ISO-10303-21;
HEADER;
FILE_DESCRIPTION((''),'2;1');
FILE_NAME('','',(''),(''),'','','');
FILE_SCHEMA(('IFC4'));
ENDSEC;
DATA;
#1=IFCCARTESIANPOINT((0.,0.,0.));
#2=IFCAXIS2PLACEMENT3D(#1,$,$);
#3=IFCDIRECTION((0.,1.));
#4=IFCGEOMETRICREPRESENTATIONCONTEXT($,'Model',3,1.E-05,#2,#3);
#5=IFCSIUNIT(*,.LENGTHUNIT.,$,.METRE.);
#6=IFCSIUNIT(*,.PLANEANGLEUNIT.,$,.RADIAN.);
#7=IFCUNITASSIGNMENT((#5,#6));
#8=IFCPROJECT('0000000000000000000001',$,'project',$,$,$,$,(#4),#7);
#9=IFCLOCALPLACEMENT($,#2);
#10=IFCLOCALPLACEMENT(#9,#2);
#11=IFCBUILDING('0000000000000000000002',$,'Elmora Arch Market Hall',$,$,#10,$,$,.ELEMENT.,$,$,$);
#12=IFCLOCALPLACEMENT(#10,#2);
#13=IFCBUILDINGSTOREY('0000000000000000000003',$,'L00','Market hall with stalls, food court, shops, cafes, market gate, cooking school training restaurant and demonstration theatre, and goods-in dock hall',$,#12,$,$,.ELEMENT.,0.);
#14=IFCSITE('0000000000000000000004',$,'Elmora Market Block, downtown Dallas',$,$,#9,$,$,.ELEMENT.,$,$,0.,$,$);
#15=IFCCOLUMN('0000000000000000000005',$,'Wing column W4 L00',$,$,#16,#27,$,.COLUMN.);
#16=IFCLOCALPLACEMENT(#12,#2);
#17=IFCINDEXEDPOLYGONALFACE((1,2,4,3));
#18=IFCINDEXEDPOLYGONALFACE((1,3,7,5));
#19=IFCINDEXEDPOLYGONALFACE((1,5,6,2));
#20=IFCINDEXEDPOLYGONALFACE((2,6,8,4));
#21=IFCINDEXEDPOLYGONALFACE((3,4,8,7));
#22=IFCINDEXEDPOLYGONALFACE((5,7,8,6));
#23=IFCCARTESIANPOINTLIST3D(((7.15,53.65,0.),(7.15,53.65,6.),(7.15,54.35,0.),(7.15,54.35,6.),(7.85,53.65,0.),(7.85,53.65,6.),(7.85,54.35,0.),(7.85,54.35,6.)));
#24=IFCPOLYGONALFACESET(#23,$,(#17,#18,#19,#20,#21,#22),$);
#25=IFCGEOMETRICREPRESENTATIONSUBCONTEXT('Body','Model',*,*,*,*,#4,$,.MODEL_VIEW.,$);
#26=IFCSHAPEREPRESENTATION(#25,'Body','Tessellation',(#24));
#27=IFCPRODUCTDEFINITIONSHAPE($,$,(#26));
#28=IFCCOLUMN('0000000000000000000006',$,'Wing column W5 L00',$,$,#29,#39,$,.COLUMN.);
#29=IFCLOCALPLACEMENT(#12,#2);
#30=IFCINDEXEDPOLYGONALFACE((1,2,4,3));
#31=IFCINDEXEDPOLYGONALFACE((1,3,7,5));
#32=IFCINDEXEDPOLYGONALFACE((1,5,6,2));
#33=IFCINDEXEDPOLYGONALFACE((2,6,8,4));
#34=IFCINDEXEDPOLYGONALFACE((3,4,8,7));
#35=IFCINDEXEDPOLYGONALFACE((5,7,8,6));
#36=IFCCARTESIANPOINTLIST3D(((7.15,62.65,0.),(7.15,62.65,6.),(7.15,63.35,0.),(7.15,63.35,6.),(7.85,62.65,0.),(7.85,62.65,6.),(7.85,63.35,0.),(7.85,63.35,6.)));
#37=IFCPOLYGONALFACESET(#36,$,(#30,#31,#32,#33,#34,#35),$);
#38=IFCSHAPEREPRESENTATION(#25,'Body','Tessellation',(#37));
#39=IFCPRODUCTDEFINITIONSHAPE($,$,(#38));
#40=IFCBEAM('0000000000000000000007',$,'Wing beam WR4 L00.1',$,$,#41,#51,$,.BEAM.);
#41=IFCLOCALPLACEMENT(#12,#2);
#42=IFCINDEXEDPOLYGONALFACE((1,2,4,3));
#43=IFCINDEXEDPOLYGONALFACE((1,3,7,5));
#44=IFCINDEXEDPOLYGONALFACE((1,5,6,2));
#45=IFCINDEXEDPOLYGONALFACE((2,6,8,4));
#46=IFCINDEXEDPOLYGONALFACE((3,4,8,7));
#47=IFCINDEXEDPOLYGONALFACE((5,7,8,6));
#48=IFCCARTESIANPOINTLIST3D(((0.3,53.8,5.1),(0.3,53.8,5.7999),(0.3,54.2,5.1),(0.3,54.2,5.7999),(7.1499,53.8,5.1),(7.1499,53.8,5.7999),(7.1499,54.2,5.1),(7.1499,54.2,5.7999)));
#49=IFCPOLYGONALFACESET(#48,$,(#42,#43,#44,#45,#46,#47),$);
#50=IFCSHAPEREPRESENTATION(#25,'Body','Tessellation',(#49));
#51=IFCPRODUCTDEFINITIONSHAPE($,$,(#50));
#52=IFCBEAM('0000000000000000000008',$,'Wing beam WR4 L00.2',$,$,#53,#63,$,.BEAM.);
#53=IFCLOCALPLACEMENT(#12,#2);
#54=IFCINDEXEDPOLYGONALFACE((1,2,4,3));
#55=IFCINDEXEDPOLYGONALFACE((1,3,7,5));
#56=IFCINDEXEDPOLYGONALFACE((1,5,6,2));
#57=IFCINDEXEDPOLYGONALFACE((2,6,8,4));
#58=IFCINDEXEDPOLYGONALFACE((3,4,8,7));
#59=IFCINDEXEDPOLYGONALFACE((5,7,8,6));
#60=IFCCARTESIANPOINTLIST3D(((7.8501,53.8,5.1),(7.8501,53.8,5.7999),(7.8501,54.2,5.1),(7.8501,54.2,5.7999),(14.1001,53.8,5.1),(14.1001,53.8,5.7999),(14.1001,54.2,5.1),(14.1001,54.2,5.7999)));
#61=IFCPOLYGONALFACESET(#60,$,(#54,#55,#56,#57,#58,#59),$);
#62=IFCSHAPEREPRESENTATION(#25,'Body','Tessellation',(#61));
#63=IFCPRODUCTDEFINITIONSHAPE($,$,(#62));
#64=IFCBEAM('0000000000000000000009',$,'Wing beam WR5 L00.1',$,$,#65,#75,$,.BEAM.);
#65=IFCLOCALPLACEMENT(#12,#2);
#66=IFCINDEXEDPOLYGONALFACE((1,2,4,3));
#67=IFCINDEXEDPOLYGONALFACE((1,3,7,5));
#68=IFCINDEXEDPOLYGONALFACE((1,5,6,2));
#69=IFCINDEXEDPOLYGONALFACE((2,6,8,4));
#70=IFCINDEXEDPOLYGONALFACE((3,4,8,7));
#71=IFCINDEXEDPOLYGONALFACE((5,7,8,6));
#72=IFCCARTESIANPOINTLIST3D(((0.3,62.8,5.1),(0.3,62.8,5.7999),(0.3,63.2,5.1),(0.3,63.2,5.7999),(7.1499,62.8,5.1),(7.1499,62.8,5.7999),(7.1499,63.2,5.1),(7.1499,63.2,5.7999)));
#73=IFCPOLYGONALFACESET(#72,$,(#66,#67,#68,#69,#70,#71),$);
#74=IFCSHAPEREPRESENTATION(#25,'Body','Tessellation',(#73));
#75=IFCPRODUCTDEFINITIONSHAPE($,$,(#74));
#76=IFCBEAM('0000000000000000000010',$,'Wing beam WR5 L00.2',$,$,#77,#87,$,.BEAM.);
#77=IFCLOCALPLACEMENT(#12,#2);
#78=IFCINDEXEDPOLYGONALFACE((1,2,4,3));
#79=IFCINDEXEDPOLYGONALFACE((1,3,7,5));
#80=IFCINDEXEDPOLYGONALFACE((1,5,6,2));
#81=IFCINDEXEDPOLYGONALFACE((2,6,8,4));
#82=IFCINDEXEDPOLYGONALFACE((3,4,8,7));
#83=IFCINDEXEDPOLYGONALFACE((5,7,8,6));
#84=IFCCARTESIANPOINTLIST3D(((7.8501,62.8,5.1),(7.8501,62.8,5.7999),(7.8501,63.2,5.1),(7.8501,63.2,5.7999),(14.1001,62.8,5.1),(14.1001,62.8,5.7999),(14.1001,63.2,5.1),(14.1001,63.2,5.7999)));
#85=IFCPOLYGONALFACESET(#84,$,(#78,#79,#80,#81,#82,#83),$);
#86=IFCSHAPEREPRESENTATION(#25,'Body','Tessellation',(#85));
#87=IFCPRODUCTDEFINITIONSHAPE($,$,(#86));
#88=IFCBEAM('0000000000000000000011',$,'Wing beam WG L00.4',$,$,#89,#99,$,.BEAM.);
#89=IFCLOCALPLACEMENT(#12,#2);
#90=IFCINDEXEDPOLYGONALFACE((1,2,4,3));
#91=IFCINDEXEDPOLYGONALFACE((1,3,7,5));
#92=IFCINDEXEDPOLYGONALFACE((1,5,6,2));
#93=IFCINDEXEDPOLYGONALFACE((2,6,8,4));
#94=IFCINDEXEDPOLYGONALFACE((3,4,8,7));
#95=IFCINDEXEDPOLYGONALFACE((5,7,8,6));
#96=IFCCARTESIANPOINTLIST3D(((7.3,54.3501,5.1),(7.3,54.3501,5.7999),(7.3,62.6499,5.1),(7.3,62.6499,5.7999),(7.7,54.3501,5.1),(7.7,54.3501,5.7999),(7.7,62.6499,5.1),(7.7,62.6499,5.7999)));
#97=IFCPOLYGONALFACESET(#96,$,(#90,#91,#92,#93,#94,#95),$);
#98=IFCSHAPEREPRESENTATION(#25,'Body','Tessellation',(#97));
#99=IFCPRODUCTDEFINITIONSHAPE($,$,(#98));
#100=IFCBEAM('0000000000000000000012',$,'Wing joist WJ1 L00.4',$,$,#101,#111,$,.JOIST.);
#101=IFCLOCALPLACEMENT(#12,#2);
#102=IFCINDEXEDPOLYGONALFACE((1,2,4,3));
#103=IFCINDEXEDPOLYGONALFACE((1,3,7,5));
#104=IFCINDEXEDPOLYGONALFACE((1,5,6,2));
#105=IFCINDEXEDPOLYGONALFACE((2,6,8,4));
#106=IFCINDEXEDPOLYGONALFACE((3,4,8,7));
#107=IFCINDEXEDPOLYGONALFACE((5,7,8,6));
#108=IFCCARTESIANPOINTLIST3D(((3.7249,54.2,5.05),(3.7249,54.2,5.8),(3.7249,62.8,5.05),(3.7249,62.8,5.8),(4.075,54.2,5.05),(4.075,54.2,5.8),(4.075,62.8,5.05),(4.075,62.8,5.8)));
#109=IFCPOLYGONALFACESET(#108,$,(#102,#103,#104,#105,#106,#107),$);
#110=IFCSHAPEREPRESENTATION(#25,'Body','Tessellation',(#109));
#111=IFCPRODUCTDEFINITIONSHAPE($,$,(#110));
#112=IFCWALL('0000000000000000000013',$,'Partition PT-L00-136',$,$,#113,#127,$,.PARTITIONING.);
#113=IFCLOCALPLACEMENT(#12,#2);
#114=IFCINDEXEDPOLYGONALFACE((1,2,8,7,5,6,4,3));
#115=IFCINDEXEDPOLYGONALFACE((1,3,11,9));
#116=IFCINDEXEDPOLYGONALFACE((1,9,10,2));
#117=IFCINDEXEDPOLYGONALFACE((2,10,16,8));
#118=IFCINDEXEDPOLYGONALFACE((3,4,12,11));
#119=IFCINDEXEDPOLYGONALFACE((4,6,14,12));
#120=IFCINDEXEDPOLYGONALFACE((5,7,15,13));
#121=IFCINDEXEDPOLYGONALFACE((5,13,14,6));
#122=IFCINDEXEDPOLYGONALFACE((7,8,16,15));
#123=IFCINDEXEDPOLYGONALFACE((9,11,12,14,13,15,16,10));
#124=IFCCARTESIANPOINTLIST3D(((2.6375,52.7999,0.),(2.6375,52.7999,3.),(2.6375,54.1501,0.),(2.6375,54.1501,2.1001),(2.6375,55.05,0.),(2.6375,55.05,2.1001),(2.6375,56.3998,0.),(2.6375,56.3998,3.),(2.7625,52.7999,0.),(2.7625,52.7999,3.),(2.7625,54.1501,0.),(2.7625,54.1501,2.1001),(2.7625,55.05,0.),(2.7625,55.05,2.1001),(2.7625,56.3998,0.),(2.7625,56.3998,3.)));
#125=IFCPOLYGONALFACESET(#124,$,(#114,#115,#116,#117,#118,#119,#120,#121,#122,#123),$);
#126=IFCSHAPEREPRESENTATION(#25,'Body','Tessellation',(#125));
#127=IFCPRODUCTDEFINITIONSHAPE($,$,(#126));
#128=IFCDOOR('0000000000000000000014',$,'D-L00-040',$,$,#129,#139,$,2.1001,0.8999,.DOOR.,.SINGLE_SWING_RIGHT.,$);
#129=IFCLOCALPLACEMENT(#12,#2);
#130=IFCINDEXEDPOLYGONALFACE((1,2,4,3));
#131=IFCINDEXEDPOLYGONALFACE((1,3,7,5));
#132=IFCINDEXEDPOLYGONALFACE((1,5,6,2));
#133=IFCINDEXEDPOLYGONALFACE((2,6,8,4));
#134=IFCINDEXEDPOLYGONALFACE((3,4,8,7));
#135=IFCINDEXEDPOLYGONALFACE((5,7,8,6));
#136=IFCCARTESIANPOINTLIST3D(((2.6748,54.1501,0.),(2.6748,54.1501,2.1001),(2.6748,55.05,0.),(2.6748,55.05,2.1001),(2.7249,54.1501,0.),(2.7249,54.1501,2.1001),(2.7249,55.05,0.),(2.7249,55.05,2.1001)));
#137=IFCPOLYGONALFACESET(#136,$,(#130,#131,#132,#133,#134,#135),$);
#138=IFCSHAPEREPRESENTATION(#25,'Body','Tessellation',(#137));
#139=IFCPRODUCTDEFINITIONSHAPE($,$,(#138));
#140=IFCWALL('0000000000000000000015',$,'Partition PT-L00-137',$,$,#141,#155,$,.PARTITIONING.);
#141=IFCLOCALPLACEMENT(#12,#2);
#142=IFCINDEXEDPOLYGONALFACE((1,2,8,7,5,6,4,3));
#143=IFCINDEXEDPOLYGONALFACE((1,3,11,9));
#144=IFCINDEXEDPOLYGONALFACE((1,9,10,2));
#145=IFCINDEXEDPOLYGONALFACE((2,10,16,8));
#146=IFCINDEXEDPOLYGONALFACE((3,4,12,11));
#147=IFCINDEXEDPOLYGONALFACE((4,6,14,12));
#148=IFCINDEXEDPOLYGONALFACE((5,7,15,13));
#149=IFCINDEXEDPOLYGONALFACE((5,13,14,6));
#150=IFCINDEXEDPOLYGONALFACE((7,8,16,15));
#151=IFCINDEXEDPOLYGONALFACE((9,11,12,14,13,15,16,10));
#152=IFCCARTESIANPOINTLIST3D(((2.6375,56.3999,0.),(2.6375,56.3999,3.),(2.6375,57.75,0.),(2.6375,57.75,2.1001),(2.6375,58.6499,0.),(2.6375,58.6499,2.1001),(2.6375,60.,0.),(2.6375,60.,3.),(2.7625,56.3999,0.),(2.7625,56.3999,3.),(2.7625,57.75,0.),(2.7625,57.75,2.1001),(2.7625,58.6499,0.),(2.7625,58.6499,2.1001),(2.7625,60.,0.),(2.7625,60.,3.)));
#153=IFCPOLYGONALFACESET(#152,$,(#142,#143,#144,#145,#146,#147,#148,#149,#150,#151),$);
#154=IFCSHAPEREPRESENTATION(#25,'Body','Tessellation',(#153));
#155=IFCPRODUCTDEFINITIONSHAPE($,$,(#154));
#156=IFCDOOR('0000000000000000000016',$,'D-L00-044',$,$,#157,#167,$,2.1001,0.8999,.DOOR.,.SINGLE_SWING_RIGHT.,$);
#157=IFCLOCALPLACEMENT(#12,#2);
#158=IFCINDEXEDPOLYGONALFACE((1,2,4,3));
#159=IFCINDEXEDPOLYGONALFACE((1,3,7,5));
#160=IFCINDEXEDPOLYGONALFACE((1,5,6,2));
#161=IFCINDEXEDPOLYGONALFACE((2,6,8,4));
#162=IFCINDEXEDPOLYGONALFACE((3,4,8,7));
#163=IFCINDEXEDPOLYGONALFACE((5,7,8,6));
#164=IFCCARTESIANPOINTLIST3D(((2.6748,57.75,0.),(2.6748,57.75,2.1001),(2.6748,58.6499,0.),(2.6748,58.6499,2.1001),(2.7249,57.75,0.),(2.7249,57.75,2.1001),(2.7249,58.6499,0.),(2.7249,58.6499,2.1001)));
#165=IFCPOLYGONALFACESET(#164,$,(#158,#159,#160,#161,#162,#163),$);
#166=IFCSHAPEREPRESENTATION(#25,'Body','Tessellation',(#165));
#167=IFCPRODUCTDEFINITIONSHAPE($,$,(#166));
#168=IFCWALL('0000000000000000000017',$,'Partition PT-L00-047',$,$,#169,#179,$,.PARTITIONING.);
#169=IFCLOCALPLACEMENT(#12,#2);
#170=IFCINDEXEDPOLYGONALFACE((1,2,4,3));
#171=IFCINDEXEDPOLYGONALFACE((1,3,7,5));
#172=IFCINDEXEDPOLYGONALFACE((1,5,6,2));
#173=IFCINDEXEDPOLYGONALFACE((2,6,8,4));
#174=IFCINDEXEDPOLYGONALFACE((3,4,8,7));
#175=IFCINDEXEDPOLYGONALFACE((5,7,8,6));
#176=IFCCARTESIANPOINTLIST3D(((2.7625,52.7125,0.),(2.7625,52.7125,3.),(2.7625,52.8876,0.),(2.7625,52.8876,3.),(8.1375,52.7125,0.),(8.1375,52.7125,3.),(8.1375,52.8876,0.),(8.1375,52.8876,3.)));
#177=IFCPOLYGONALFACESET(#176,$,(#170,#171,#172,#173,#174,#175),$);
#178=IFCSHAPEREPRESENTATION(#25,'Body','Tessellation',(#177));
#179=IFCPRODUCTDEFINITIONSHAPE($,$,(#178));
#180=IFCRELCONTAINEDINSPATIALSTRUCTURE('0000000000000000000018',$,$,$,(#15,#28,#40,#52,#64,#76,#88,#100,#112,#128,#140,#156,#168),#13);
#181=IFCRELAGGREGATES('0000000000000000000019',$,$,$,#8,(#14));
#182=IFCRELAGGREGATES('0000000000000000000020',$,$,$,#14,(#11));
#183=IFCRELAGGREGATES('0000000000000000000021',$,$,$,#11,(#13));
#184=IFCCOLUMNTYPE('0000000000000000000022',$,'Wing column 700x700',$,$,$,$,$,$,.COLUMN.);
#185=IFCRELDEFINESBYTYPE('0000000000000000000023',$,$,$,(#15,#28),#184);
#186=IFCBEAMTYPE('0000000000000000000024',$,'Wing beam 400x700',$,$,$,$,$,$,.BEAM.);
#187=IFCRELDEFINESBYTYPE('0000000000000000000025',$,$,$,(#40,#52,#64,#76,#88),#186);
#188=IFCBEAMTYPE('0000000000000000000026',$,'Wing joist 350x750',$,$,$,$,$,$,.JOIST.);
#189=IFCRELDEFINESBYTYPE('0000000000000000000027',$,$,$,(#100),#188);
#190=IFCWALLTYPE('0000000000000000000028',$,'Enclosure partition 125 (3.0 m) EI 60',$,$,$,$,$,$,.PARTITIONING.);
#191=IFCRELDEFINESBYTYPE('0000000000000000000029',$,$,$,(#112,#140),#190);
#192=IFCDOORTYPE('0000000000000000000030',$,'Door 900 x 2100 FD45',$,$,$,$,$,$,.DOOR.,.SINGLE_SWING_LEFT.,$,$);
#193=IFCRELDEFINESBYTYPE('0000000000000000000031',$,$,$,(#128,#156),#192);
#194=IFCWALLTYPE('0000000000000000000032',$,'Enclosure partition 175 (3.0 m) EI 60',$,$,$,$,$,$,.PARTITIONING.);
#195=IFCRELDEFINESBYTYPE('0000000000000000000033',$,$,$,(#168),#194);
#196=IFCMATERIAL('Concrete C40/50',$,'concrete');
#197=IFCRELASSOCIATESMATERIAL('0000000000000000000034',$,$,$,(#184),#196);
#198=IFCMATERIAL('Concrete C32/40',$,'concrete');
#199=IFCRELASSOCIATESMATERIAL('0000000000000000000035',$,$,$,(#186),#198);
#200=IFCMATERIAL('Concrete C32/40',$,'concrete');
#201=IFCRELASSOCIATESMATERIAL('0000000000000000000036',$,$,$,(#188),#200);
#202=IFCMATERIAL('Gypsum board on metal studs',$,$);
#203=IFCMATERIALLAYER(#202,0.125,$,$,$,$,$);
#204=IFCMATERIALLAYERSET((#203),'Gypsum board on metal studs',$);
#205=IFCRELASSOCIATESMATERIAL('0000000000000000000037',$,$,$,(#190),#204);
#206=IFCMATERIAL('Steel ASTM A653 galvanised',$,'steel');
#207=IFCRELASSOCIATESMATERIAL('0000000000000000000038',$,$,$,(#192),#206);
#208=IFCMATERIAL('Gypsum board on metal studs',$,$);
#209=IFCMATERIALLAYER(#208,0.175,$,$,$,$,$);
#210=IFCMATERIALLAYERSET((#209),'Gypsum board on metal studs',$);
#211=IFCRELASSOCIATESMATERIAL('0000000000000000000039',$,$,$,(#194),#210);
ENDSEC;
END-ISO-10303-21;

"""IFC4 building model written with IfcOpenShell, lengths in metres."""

from ifc_helpers import new_model, si_unit, direction, frame, frame_2d, origin, origin_2d, place, context, subcontext, project, spatial, rectangle, extrude, material, layer, layer_set, material_profile, profile_set, type_object, element, fill, save


model = new_model("IFC4")

# Units and contexts
model_context = context("Model", 3, precision=1e-05, world=origin(), true_north=direction((0.0, 1.0)))
body_context = subcontext(model_context, "Body", "Model", "MODEL_VIEW")
ifc_project = project(units=[si_unit("LENGTHUNIT", "METRE"), si_unit("PLANEANGLEUNIT", "RADIAN")], contexts=[model_context])

# Site, building, storey
site_placement = place(None, origin())
site = spatial("IfcSite", under=ifc_project, at=site_placement, Name="Elmora Market Block, downtown Dallas", CompositionType="ELEMENT", RefElevation=0.0)
building_placement = place(site_placement, origin())
building = spatial("IfcBuilding", under=site, at=building_placement, Name="Elmora Arch Market Hall", CompositionType="ELEMENT")
storey_placement = place(building_placement, origin())
storey = spatial("IfcBuildingStorey", under=building, at=storey_placement, Name="L00", Description="Market hall with stalls, food court, shops, cafes, market gate, cooking school training restaurant and demonstration theatre, and goods-in dock hall", CompositionType="ELEMENT", Elevation=0.0)

# Columns
ifc_material_1 = material(Name="Concrete C40/50", Category="concrete")
ifc_material_profile_1 = material_profile(ifc_material_1, rectangle(XDim=0.7, YDim=0.7, at=origin_2d()), Name="Wing column 700x700")
ifc_profile_set_1 = profile_set([ifc_material_profile_1], Name="Concrete C40/50")
column_type = type_object("IfcColumnType", Name="Wing column 700x700", PredefinedType="COLUMN", material=ifc_profile_set_1)
for number, where, z_axis, x_axis, name in (
    (1, (7.5, 54.0, 0.0), (0.0, 0.0, 1.0), (1.0, 0.0, 0.0), "Wing column W4 L00"),
    (2, (7.5, 63.0, 0.0), (0.0, 0.0, 1.0), (1.0, 0.0, 0.0), "Wing column W5 L00"),
):
    element("IfcColumn", number, at=place(storey_placement, frame(where, z_axis=z_axis, x_axis=x_axis)), inside=storey, type_object=column_type, Name=name, PredefinedType="COLUMN", context=body_context, shape_type="SweptSolid", body=[
        extrude(rectangle(XDim=0.7, YDim=0.7, at=origin_2d()), origin(), (0.0, 0.0, 1.0), 6.0),
    ])

# Beams
ifc_material_2 = material(Name="Concrete C32/40", Category="concrete")
ifc_material_profile_2 = material_profile(ifc_material_2, rectangle(XDim=0.3999, YDim=0.7, at=origin_2d()), Name="Wing beam 400x700")
ifc_profile_set_2 = profile_set([ifc_material_profile_2], Name="Concrete C32/40")
beam_type_1 = type_object("IfcBeamType", Name="Wing beam 400x700", PredefinedType="BEAM", material=ifc_profile_set_2)
beam_1_placement = place(storey_placement, frame((0.3, 54.0, 5.45), z_axis=(1.0, 0.0, 0.0), x_axis=(0.0, 1.0, 0.0)))
element("IfcBeam", 3, at=beam_1_placement, inside=storey, type_object=beam_type_1, Name="Wing beam WR4 L00.1", PredefinedType="BEAM", context=body_context, shape_type="SweptSolid", body=[
    extrude(rectangle(XDim=0.3999, YDim=0.7, at=origin_2d()), origin(), (0.0, 0.0, 1.0), 6.8499),
])
beam_2_placement = place(storey_placement, frame((7.8501, 54.0, 5.45), z_axis=(1.0, 0.0, 0.0), x_axis=(0.0, 1.0, 0.0)))
element("IfcBeam", 4, at=beam_2_placement, inside=storey, type_object=beam_type_1, Name="Wing beam WR4 L00.2", PredefinedType="BEAM", context=body_context, shape_type="SweptSolid", body=[
    extrude(rectangle(XDim=0.3999, YDim=0.7, at=origin_2d()), origin(), (0.0, 0.0, 1.0), 6.25),
])
beam_3_placement = place(storey_placement, frame((0.3, 63.0, 5.45), z_axis=(1.0, 0.0, 0.0), x_axis=(0.0, 1.0, 0.0)))
element("IfcBeam", 5, at=beam_3_placement, inside=storey, type_object=beam_type_1, Name="Wing beam WR5 L00.1", PredefinedType="BEAM", context=body_context, shape_type="SweptSolid", body=[
    extrude(rectangle(XDim=0.3999, YDim=0.7, at=origin_2d()), origin(), (0.0, 0.0, 1.0), 6.8499),
])
beam_4_placement = place(storey_placement, frame((7.8501, 63.0, 5.45), z_axis=(1.0, 0.0, 0.0), x_axis=(0.0, 1.0, 0.0)))
element("IfcBeam", 6, at=beam_4_placement, inside=storey, type_object=beam_type_1, Name="Wing beam WR5 L00.2", PredefinedType="BEAM", context=body_context, shape_type="SweptSolid", body=[
    extrude(rectangle(XDim=0.3999, YDim=0.7, at=origin_2d()), origin(), (0.0, 0.0, 1.0), 6.25),
])
beam_5_placement = place(storey_placement, frame((7.5, 54.3501, 5.45), z_axis=(0.0, 1.0, 0.0), x_axis=(-1.0, 0.0, 0.0)))
element("IfcBeam", 7, at=beam_5_placement, inside=storey, type_object=beam_type_1, Name="Wing beam WG L00.4", PredefinedType="BEAM", context=body_context, shape_type="SweptSolid", body=[
    extrude(rectangle(XDim=0.3999, YDim=0.7, at=origin_2d()), origin(), (0.0, 0.0, 1.0), 8.2998),
])
ifc_material_3 = material(Name="Concrete C32/40", Category="concrete")
ifc_material_profile_3 = material_profile(ifc_material_3, rectangle(XDim=0.3501, YDim=0.75, at=origin_2d()), Name="Wing joist 350x750")
ifc_profile_set_3 = profile_set([ifc_material_profile_3], Name="Concrete C32/40")
beam_type_2 = type_object("IfcBeamType", Name="Wing joist 350x750", PredefinedType="JOIST", material=ifc_profile_set_3)
beam_6_placement = place(storey_placement, frame((3.8999, 54.2, 5.425), z_axis=(0.0, 1.0, 0.0), x_axis=(-1.0, 0.0, 0.0)))
element("IfcBeam", 8, at=beam_6_placement, inside=storey, type_object=beam_type_2, Name="Wing joist WJ1 L00.4", PredefinedType="JOIST", context=body_context, shape_type="SweptSolid", body=[
    extrude(rectangle(XDim=0.3501, YDim=0.75, at=origin_2d()), origin(), (0.0, 0.0, 1.0), 8.6001),
])

# Walls, openings, doors
ifc_material_4 = material(Name="Gypsum board on metal studs")
ifc_layer_1 = layer(ifc_material_4, 0.125)
ifc_layer_set_1 = layer_set([ifc_layer_1], Name="Gypsum board on metal studs")
wall_type_1 = type_object("IfcWallType", Name="Enclosure partition 125 (3.0 m) EI 60", PredefinedType="PARTITIONING", material=ifc_layer_set_1)
wall_1_placement = place(storey_placement, frame((2.7, 52.8, 0.0), z_axis=(0.0, 0.0, 1.0), x_axis=(0.0, 1.0, 0.0)))
wall_1 = element("IfcWall", 9, at=wall_1_placement, inside=storey, type_object=wall_type_1, Name="Partition PT-L00-136", PredefinedType="PARTITIONING", context=body_context, shape_type="SweptSolid", body=[
    extrude(rectangle(XDim=3.5999, YDim=0.125, at=frame_2d((1.7998, 0.0))), origin(), (0.0, 0.0, 1.0), 3.0),
])
opening_1_placement = place(wall_1_placement, frame((1.3501, 0.0, 0.0)))
opening_1 = element("IfcOpeningElement", 10, at=opening_1_placement, cuts=wall_1, PredefinedType="OPENING", context=body_context, shape_type="SweptSolid", body=[
    extrude(rectangle(XDim=0.8999, YDim=2.1001, at=frame_2d((0.45, 1.05))), frame((0.0, 0.0725, 0.0), z_axis=(0.0, -1.0, 0.0), x_axis=(1.0, 0.0, 0.0)), (0.0, 0.0, 1.0), 0.145),
])
ifc_material_5 = material(Name="Steel ASTM A653 galvanised", Category="steel")
door_type_1 = type_object("IfcDoorType", Name="Door 900 x 2100 FD45", OperationType="SINGLE_SWING_LEFT", PredefinedType="DOOR", material=ifc_material_5)
door_1_placement = place(opening_1_placement, frame((0.8999, 0.0, 0.0), z_axis=(0.0, 0.0, 1.0), x_axis=(-1.0, 0.0, 0.0)))
door_1 = element("IfcDoor", 11, at=door_1_placement, inside=storey, type_object=door_type_1, Name="D-L00-040", OperationType="SINGLE_SWING_RIGHT", OverallHeight=2.1001, OverallWidth=0.8999, PredefinedType="DOOR", context=body_context, shape_type="SweptSolid", body=[
    extrude(rectangle(XDim=0.8999, YDim=2.1001, at=frame_2d((0.45, 1.05))), frame((0.0, 0.0249, 0.0), z_axis=(0.0, -1.0, 0.0), x_axis=(1.0, 0.0, 0.0)), (0.0, 0.0, 1.0), 0.05),
])
fill(opening_1, door_1)
wall_2_placement = place(storey_placement, frame((2.7, 56.3999, 0.0), z_axis=(0.0, 0.0, 1.0), x_axis=(0.0, 1.0, 0.0)))
wall_2 = element("IfcWall", 12, at=wall_2_placement, inside=storey, type_object=wall_type_1, Name="Partition PT-L00-137", PredefinedType="PARTITIONING", context=body_context, shape_type="SweptSolid", body=[
    extrude(rectangle(XDim=3.6001, YDim=0.125, at=frame_2d((1.8, 0.0))), origin(), (0.0, 0.0, 1.0), 3.0),
])
opening_2_placement = place(wall_2_placement, frame((1.3501, 0.0, 0.0)))
opening_2 = element("IfcOpeningElement", 13, at=opening_2_placement, cuts=wall_2, PredefinedType="OPENING", context=body_context, shape_type="SweptSolid", body=[
    extrude(rectangle(XDim=0.8999, YDim=2.1001, at=frame_2d((0.45, 1.05))), frame((0.0, 0.0725, 0.0), z_axis=(0.0, -1.0, 0.0), x_axis=(1.0, 0.0, 0.0)), (0.0, 0.0, 1.0), 0.145),
])
door_2_placement = place(opening_2_placement, frame((0.8999, 0.0, 0.0), z_axis=(0.0, 0.0, 1.0), x_axis=(-1.0, 0.0, 0.0)))
door_2 = element("IfcDoor", 14, at=door_2_placement, inside=storey, type_object=door_type_1, Name="D-L00-044", OperationType="SINGLE_SWING_RIGHT", OverallHeight=2.1001, OverallWidth=0.8999, PredefinedType="DOOR", context=body_context, shape_type="SweptSolid", body=[
    extrude(rectangle(XDim=0.8999, YDim=2.1001, at=frame_2d((0.45, 1.05))), frame((0.0, 0.0249, 0.0), z_axis=(0.0, -1.0, 0.0), x_axis=(1.0, 0.0, 0.0)), (0.0, 0.0, 1.0), 0.05),
])
fill(opening_2, door_2)

# Wall
ifc_material_6 = material(Name="Gypsum board on metal studs")
ifc_layer_2 = layer(ifc_material_6, 0.175)
ifc_layer_set_2 = layer_set([ifc_layer_2], Name="Gypsum board on metal studs")
wall_type_2 = type_object("IfcWallType", Name="Enclosure partition 175 (3.0 m) EI 60", PredefinedType="PARTITIONING", material=ifc_layer_set_2)
for number, where, z_axis, x_axis, name in (
    (15, (2.7625, 52.8, 0.0), (0.0, 0.0, 1.0), (1.0, 0.0, 0.0), "Partition PT-L00-047"),
):
    element("IfcWall", number, at=place(storey_placement, frame(where, z_axis=z_axis, x_axis=x_axis)), inside=storey, type_object=wall_type_2, Name=name, PredefinedType="PARTITIONING", context=body_context, shape_type="SweptSolid", body=[
        extrude(rectangle(XDim=5.375, YDim=0.175, at=frame_2d((2.6875, 0.0))), origin(), (0.0, 0.0, 1.0), 3.0),
    ])

save(model, "model.ifc")
